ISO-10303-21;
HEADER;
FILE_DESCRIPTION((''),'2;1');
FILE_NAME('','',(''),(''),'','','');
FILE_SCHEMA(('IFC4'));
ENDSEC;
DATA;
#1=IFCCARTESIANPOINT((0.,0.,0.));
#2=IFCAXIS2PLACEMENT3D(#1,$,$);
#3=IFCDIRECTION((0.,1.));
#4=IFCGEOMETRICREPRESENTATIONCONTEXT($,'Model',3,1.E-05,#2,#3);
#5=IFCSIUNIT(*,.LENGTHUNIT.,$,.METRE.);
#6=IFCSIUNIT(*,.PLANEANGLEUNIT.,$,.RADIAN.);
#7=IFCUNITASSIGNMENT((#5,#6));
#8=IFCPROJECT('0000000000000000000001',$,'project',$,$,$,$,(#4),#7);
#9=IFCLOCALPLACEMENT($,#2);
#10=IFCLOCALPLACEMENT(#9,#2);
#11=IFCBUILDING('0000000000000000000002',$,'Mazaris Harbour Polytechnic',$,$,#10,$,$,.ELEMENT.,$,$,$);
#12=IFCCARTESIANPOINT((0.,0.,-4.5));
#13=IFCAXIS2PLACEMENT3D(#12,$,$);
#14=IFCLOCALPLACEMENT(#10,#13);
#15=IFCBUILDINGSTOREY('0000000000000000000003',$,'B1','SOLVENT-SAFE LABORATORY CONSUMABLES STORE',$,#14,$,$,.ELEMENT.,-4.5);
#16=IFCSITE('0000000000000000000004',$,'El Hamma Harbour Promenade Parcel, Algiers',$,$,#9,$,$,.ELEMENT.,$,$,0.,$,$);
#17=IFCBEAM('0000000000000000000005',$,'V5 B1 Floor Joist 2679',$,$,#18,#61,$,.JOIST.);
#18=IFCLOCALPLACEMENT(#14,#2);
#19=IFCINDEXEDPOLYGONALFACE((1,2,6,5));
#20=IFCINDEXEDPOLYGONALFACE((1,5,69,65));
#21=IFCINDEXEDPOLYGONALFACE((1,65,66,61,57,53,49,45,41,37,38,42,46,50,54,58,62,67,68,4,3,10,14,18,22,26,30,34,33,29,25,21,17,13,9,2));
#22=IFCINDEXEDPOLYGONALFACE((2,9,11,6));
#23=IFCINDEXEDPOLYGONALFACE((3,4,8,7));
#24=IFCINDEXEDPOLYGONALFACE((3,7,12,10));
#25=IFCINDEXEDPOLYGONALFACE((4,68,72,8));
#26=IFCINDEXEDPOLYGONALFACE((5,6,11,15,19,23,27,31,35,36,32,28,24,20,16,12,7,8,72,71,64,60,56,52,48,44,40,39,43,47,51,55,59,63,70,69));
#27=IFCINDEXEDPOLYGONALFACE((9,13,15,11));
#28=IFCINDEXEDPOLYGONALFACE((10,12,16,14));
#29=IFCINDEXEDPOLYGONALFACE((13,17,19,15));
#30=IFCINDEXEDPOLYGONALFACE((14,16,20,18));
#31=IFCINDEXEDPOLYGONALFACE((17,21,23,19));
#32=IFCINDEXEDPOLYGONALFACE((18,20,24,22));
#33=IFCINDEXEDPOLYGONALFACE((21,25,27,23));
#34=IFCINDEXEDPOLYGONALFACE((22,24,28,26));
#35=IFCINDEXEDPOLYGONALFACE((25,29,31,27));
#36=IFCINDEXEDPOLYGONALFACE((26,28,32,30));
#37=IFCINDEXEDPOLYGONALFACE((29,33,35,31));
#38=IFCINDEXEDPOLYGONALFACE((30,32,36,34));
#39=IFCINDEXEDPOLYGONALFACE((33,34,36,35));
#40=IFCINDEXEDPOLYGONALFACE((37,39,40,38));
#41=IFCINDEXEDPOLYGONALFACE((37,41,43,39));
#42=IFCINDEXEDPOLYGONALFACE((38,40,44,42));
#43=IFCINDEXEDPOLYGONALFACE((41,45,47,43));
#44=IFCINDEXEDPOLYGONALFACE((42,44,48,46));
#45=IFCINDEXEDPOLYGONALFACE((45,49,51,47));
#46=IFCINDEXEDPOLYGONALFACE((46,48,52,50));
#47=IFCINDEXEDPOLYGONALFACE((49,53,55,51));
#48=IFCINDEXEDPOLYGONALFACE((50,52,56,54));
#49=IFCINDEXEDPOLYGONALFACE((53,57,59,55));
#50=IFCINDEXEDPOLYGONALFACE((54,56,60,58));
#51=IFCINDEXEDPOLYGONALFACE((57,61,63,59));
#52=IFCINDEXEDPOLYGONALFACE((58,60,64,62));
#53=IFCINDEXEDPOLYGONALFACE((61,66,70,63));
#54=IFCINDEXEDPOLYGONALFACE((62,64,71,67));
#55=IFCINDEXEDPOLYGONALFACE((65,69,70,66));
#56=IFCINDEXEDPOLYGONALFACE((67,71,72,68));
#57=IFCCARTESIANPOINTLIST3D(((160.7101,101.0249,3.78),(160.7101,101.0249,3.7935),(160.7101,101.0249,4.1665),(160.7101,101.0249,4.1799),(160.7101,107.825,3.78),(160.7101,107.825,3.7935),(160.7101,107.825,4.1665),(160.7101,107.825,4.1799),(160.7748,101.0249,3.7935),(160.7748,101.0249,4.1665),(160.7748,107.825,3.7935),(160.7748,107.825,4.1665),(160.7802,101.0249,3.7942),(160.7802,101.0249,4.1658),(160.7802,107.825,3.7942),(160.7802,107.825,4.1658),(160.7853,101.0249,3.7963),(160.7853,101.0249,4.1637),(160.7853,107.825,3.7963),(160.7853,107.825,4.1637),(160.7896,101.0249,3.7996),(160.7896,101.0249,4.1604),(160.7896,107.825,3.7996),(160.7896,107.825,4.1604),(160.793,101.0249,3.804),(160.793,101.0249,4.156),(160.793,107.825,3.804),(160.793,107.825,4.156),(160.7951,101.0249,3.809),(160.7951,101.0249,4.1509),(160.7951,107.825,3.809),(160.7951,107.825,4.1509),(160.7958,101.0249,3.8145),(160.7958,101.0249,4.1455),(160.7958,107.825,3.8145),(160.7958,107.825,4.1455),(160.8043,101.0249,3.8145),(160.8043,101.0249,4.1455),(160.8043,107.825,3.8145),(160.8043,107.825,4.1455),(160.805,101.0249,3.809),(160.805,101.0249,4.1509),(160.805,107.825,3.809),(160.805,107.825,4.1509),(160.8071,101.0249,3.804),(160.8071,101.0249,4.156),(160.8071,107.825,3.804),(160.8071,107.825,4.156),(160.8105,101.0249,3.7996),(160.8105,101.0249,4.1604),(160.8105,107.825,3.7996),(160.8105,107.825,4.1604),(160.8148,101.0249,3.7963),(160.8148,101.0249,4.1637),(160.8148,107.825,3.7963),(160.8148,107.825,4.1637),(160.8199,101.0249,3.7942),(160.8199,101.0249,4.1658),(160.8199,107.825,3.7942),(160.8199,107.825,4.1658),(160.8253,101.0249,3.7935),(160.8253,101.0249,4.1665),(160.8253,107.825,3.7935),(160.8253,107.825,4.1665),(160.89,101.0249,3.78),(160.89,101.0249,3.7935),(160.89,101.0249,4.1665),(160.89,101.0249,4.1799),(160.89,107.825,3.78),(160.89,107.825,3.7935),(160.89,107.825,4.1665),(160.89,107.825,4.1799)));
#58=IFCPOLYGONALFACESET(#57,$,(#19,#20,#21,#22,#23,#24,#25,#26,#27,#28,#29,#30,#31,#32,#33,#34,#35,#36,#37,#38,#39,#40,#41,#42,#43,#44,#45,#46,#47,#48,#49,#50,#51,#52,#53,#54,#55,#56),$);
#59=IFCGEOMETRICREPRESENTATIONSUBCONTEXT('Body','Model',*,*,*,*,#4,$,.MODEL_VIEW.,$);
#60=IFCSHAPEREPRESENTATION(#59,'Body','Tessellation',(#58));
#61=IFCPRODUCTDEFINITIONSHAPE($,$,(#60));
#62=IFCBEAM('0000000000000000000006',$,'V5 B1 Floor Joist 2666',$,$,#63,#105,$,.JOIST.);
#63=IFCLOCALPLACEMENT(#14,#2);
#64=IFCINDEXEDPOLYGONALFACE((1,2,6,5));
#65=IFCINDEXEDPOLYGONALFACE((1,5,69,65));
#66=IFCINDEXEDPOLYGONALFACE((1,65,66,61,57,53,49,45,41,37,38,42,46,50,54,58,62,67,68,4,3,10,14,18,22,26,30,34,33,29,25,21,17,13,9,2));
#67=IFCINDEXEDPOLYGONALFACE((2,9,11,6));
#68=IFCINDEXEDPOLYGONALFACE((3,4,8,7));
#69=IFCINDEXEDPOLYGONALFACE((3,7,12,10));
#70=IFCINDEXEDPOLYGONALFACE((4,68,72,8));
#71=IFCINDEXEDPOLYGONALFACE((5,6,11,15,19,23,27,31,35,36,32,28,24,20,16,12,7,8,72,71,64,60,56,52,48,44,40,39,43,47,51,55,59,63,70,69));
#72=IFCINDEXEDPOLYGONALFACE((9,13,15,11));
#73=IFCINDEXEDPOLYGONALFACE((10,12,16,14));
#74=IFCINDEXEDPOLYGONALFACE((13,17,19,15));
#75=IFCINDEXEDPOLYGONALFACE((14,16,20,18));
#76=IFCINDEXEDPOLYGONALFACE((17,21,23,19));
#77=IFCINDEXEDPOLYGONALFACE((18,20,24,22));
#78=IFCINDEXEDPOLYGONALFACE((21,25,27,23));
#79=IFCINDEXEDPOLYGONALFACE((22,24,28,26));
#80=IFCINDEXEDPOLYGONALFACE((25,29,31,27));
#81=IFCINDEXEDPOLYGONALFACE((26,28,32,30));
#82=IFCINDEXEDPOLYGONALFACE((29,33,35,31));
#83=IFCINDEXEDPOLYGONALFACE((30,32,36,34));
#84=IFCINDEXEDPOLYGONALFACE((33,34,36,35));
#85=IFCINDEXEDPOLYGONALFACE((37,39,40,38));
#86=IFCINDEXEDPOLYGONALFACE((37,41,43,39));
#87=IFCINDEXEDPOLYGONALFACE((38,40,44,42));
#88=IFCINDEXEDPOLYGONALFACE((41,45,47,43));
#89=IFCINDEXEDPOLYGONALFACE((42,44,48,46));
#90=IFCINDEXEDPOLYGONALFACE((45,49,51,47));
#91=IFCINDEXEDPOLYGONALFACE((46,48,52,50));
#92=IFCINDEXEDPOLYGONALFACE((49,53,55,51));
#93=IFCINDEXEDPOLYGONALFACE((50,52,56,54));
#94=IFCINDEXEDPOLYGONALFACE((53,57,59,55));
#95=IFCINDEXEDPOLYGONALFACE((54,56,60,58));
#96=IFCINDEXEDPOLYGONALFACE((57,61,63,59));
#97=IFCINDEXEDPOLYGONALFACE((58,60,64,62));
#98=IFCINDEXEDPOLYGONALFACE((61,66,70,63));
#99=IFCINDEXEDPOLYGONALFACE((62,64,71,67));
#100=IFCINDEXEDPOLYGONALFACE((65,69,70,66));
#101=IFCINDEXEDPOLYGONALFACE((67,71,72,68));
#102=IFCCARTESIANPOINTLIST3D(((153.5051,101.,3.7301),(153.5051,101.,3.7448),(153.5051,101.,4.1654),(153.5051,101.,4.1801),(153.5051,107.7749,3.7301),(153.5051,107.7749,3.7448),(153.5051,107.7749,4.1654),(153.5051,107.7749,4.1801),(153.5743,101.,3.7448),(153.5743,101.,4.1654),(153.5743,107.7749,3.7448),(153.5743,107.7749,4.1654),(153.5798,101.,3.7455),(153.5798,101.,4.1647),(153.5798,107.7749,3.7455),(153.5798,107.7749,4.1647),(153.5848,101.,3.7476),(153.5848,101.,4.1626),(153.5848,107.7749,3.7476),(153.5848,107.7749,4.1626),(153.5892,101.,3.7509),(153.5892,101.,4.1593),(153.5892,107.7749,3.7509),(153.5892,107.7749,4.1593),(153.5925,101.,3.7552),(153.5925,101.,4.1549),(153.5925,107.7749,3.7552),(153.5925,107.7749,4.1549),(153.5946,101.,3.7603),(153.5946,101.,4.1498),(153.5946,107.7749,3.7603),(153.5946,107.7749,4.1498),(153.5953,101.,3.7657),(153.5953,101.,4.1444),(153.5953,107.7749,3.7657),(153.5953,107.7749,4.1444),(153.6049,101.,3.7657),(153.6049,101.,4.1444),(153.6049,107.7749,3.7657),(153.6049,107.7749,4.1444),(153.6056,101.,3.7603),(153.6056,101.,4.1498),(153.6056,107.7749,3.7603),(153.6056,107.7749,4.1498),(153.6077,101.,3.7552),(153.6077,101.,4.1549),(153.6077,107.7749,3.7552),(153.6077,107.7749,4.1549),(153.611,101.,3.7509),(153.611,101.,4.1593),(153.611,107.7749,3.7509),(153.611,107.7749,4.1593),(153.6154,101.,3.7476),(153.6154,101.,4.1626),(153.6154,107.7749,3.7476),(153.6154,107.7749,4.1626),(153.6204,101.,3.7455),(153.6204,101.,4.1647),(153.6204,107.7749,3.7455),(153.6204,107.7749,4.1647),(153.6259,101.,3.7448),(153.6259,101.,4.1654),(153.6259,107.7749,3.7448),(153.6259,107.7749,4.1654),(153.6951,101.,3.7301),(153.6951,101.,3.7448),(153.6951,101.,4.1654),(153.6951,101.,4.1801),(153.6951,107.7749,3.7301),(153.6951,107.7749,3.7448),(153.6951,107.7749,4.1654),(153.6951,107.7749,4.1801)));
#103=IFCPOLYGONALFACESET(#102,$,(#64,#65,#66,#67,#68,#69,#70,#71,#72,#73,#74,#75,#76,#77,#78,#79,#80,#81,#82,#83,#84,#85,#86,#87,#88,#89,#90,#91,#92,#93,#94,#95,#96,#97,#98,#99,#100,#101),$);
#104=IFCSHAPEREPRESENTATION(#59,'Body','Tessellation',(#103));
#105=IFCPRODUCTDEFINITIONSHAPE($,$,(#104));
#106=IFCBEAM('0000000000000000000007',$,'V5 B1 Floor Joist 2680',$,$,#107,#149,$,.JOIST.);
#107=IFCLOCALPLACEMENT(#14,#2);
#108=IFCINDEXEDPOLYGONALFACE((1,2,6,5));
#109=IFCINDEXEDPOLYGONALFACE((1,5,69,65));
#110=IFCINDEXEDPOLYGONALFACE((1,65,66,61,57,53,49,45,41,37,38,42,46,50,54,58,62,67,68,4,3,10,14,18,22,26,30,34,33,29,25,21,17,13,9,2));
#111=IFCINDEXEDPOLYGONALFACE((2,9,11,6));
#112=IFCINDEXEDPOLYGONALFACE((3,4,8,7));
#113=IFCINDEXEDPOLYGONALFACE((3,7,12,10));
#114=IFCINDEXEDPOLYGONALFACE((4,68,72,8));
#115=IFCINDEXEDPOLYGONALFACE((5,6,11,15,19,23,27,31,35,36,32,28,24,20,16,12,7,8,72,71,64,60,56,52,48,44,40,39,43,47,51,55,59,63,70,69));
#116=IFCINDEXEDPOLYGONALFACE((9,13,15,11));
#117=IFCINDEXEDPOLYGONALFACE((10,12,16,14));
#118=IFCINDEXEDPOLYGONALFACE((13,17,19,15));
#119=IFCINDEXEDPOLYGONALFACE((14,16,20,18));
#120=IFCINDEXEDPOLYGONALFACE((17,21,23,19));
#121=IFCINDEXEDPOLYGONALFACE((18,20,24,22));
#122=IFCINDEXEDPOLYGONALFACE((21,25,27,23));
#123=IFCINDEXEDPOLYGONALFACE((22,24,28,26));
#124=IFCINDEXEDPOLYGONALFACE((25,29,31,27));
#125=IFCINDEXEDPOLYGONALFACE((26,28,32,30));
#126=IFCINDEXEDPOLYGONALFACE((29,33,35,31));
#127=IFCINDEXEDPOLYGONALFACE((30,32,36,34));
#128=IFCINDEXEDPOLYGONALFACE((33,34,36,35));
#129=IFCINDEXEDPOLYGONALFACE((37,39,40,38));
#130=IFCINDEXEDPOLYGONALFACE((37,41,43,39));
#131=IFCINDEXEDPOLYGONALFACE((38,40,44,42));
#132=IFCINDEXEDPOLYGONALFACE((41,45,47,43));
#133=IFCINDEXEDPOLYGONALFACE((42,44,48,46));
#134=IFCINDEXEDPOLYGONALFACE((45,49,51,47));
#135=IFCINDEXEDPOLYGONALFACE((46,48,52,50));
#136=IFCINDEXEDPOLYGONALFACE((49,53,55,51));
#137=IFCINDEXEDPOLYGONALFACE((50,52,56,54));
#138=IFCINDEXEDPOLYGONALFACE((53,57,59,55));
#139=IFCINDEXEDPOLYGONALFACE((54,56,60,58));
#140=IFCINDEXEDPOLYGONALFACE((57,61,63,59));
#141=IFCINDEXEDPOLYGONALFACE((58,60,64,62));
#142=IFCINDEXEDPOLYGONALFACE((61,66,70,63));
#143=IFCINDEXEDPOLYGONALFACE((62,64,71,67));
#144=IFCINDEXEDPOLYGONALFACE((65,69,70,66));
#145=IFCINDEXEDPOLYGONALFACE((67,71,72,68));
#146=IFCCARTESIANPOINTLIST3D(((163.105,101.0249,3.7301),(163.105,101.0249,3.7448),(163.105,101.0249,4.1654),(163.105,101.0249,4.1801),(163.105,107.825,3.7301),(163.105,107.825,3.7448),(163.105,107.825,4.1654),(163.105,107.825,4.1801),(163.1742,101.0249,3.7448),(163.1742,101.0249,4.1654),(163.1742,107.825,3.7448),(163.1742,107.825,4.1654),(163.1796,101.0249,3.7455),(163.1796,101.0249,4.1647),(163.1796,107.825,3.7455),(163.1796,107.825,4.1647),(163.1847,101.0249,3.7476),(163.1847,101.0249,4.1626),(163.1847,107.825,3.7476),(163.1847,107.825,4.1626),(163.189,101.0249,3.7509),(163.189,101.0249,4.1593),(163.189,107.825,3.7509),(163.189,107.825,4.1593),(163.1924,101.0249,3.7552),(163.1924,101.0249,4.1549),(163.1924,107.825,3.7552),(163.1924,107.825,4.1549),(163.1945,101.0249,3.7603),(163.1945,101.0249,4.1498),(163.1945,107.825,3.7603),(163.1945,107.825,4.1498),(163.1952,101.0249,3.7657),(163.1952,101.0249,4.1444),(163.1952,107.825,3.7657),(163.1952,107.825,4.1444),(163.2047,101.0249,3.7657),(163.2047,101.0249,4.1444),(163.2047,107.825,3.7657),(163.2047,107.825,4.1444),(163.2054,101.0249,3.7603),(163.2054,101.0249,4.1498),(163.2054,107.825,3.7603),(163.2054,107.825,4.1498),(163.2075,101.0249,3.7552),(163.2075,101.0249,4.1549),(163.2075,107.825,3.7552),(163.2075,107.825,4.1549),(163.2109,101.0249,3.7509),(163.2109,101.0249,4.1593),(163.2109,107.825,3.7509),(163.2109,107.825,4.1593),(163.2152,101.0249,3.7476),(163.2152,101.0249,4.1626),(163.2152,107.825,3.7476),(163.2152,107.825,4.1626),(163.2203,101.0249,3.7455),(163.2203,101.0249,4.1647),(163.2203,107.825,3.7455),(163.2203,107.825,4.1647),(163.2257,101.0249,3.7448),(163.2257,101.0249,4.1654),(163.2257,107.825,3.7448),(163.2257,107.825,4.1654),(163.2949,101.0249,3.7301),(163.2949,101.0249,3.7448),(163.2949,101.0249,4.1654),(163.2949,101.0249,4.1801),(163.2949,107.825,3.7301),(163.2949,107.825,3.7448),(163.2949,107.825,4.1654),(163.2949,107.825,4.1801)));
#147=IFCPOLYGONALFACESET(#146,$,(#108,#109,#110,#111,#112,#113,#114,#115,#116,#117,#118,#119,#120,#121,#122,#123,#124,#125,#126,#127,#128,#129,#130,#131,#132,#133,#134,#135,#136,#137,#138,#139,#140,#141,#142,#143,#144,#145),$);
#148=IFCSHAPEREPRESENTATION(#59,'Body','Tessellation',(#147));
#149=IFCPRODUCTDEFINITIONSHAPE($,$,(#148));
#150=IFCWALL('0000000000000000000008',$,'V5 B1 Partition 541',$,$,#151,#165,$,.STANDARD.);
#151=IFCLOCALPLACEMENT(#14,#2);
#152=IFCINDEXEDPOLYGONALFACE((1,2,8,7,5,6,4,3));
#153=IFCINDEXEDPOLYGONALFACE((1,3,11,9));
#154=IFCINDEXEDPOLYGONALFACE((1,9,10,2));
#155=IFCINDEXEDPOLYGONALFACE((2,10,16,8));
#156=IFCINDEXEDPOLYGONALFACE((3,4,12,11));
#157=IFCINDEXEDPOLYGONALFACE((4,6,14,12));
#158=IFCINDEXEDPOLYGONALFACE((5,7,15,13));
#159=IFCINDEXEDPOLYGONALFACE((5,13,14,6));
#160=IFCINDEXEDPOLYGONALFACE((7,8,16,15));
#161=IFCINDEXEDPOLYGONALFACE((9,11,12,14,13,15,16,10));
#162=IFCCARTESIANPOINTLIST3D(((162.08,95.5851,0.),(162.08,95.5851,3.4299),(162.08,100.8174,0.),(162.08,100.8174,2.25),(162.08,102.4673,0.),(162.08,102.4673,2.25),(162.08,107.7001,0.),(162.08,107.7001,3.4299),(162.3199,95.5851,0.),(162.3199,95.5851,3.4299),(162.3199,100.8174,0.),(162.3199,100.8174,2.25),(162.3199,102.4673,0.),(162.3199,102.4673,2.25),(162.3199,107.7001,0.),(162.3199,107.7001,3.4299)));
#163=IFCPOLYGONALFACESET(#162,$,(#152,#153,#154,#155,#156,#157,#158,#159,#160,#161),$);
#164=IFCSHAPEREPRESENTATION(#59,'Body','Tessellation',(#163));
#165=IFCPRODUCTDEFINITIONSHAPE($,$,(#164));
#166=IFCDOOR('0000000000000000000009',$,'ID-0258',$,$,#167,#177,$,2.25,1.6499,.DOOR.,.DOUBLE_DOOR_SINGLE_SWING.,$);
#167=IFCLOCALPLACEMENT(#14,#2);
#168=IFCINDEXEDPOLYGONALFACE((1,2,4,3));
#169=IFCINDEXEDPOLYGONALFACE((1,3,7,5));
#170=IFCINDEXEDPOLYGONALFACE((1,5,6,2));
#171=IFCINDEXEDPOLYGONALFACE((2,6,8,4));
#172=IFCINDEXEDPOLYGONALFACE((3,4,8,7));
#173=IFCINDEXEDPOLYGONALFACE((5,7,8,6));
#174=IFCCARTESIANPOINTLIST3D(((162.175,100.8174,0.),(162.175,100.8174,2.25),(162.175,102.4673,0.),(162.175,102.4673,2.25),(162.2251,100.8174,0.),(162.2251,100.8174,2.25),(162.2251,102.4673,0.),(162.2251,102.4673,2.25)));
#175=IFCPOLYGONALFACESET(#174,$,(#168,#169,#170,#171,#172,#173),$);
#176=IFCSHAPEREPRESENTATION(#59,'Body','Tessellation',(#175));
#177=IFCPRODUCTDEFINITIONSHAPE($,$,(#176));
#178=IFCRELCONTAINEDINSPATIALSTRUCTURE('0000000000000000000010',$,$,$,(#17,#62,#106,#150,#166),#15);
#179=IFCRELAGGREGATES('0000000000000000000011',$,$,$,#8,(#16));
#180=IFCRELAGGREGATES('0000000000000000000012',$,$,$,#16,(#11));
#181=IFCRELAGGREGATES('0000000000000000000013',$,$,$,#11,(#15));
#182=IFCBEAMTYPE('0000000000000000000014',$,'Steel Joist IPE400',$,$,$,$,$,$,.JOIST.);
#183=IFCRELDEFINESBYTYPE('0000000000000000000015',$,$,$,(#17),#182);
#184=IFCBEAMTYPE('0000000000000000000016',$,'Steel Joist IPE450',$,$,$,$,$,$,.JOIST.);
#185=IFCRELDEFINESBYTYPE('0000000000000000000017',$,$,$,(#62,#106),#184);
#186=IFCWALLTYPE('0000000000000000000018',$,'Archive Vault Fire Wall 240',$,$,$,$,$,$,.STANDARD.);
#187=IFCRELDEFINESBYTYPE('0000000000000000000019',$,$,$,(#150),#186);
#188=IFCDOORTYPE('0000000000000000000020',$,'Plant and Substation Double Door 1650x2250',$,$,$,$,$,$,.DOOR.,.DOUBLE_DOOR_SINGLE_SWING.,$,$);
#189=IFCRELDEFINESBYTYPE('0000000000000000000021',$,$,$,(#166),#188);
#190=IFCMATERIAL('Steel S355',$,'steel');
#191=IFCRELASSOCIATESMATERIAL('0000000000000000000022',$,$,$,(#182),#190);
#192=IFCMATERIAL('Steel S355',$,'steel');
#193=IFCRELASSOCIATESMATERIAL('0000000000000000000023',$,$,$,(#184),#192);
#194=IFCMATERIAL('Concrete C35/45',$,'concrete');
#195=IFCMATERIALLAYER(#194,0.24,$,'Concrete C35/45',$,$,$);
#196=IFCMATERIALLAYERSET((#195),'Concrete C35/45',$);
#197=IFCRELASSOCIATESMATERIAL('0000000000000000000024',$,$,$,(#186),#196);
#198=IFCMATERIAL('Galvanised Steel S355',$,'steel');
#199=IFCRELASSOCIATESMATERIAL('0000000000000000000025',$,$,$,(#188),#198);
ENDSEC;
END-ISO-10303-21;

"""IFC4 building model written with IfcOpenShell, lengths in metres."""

from ifc_helpers import new_model, si_unit, direction, frame, frame_2d, origin, origin_2d, place, context, subcontext, project, spatial, rectangle, i_section, extrude, material, layer, layer_set, material_profile, profile_set, type_object, element, fill, save


model = new_model("IFC4")

# Units and contexts
model_context = context("Model", 3, precision=1e-05, world=origin(), true_north=direction((0.0, 1.0)))
body_context = subcontext(model_context, "Body", "Model", "MODEL_VIEW")
ifc_project = project(units=[si_unit("LENGTHUNIT", "METRE"), si_unit("PLANEANGLEUNIT", "RADIAN")], contexts=[model_context])

# Site, building, storey
site_placement = place(None, origin())
site = spatial("IfcSite", under=ifc_project, at=site_placement, Name="El Hamma Harbour Promenade Parcel, Algiers", CompositionType="ELEMENT", RefElevation=0.0)
building_placement = place(site_placement, origin())
building = spatial("IfcBuilding", under=site, at=building_placement, Name="Mazaris Harbour Polytechnic", CompositionType="ELEMENT")
storey_placement = place(building_placement, frame((0.0, 0.0, -4.5)))
storey = spatial("IfcBuildingStorey", under=building, at=storey_placement, Name="B1", Description="SOLVENT-SAFE LABORATORY CONSUMABLES STORE", CompositionType="ELEMENT", Elevation=-4.5)

# Beams
ifc_material_1 = material(Name="Steel S355", Category="steel")
ifc_material_profile_1 = material_profile(ifc_material_1, i_section(OverallWidth=0.1799, OverallDepth=0.3999, WebThickness=0.0085, FlangeThickness=0.0134, FilletRadius=0.021, at=origin_2d()), Name="IPE 400")
ifc_profile_set_1 = profile_set([ifc_material_profile_1], Name="Steel S355")
beam_type_1 = type_object("IfcBeamType", Name="Steel Joist IPE400", PredefinedType="JOIST", material=ifc_profile_set_1)
beam_1_placement = place(storey_placement, frame((160.8, 101.0249, 3.98), z_axis=(0.0, 1.0, 0.0), x_axis=(-1.0, 0.0, 0.0)))
element("IfcBeam", 1, at=beam_1_placement, inside=storey, type_object=beam_type_1, Name="V5 B1 Floor Joist 2679", PredefinedType="JOIST", context=body_context, shape_type="SweptSolid", body=[
    extrude(i_section(OverallWidth=0.1799, OverallDepth=0.3999, WebThickness=0.0085, FlangeThickness=0.0134, FilletRadius=0.021, at=origin_2d()), origin(), (0.0, 0.0, 1.0), 6.8),
])
ifc_material_2 = material(Name="Steel S355", Category="steel")
ifc_material_profile_2 = material_profile(ifc_material_2, i_section(OverallWidth=0.1899, OverallDepth=0.45, WebThickness=0.0095, FlangeThickness=0.0146, FilletRadius=0.021, at=origin_2d()), Name="IPE 450")
ifc_profile_set_2 = profile_set([ifc_material_profile_2], Name="Steel S355")
beam_type_2 = type_object("IfcBeamType", Name="Steel Joist IPE450", PredefinedType="JOIST", material=ifc_profile_set_2)
beam_2_placement = place(storey_placement, frame((153.6001, 101.0, 3.9551), z_axis=(0.0, 1.0, 0.0), x_axis=(-1.0, 0.0, 0.0)))
element("IfcBeam", 2, at=beam_2_placement, inside=storey, type_object=beam_type_2, Name="V5 B1 Floor Joist 2666", PredefinedType="JOIST", context=body_context, shape_type="SweptSolid", body=[
    extrude(i_section(OverallWidth=0.1899, OverallDepth=0.45, WebThickness=0.0095, FlangeThickness=0.0146, FilletRadius=0.021, at=origin_2d()), origin(), (0.0, 0.0, 1.0), 6.7749),
])
beam_3_placement = place(storey_placement, frame((163.2, 101.0249, 3.9551), z_axis=(0.0, 1.0, 0.0), x_axis=(-1.0, 0.0, 0.0)))
element("IfcBeam", 3, at=beam_3_placement, inside=storey, type_object=beam_type_2, Name="V5 B1 Floor Joist 2680", PredefinedType="JOIST", context=body_context, shape_type="SweptSolid", body=[
    extrude(i_section(OverallWidth=0.1899, OverallDepth=0.45, WebThickness=0.0095, FlangeThickness=0.0146, FilletRadius=0.021, at=origin_2d()), origin(), (0.0, 0.0, 1.0), 6.8),
])

# Wall, opening, door
ifc_material_3 = material(Name="Concrete C35/45", Category="concrete")
ifc_layer_1 = layer(ifc_material_3, 0.24, Name="Concrete C35/45")
ifc_layer_set_1 = layer_set([ifc_layer_1], Name="Concrete C35/45")
wall_type_1 = type_object("IfcWallType", Name="Archive Vault Fire Wall 240", PredefinedType="STANDARD", material=ifc_layer_set_1)
wall_1_placement = place(storey_placement, frame((162.2, 95.585, 0.0), z_axis=(0.0, 0.0, 1.0), x_axis=(0.0, 1.0, 0.0)))
wall_1 = element("IfcWall", 4, at=wall_1_placement, inside=storey, type_object=wall_type_1, Name="V5 B1 Partition 541", PredefinedType="STANDARD", context=body_context, shape_type="SweptSolid", body=[
    extrude(rectangle(XDim=12.115, YDim=0.24, at=frame_2d((6.0576, 0.0))), origin(), (0.0, 0.0, 1.0), 3.4299),
])
opening_placement = place(wall_1_placement, frame((5.2324, 0.0, 0.0)))
opening = element("IfcOpeningElement", 5, at=opening_placement, cuts=wall_1, PredefinedType="OPENING", context=body_context, shape_type="SweptSolid", body=[
    extrude(rectangle(XDim=1.6499, YDim=2.25, at=frame_2d((0.825, 1.125))), frame((0.0, 0.1299, 0.0), z_axis=(0.0, -1.0, 0.0), x_axis=(1.0, 0.0, 0.0)), (0.0, 0.0, 1.0), 0.26),
])
ifc_material_4 = material(Name="Galvanised Steel S355", Category="steel")
door_type = type_object("IfcDoorType", Name="Plant and Substation Double Door 1650x2250", OperationType="DOUBLE_DOOR_SINGLE_SWING", PredefinedType="DOOR", material=ifc_material_4)
door_placement = place(opening_placement, origin())
door = element("IfcDoor", 6, at=door_placement, inside=storey, type_object=door_type, Name="ID-0258", OperationType="DOUBLE_DOOR_SINGLE_SWING", OverallHeight=2.25, OverallWidth=1.6499, PredefinedType="DOOR", context=body_context, shape_type="SweptSolid", body=[
    extrude(rectangle(XDim=1.6499, YDim=2.25, at=frame_2d((0.825, 1.125))), frame((0.0, 0.0249, 0.0), z_axis=(0.0, -1.0, 0.0), x_axis=(1.0, 0.0, 0.0)), (0.0, 0.0, 1.0), 0.05),
])
fill(opening, door)

save(model, "model.ifc")
